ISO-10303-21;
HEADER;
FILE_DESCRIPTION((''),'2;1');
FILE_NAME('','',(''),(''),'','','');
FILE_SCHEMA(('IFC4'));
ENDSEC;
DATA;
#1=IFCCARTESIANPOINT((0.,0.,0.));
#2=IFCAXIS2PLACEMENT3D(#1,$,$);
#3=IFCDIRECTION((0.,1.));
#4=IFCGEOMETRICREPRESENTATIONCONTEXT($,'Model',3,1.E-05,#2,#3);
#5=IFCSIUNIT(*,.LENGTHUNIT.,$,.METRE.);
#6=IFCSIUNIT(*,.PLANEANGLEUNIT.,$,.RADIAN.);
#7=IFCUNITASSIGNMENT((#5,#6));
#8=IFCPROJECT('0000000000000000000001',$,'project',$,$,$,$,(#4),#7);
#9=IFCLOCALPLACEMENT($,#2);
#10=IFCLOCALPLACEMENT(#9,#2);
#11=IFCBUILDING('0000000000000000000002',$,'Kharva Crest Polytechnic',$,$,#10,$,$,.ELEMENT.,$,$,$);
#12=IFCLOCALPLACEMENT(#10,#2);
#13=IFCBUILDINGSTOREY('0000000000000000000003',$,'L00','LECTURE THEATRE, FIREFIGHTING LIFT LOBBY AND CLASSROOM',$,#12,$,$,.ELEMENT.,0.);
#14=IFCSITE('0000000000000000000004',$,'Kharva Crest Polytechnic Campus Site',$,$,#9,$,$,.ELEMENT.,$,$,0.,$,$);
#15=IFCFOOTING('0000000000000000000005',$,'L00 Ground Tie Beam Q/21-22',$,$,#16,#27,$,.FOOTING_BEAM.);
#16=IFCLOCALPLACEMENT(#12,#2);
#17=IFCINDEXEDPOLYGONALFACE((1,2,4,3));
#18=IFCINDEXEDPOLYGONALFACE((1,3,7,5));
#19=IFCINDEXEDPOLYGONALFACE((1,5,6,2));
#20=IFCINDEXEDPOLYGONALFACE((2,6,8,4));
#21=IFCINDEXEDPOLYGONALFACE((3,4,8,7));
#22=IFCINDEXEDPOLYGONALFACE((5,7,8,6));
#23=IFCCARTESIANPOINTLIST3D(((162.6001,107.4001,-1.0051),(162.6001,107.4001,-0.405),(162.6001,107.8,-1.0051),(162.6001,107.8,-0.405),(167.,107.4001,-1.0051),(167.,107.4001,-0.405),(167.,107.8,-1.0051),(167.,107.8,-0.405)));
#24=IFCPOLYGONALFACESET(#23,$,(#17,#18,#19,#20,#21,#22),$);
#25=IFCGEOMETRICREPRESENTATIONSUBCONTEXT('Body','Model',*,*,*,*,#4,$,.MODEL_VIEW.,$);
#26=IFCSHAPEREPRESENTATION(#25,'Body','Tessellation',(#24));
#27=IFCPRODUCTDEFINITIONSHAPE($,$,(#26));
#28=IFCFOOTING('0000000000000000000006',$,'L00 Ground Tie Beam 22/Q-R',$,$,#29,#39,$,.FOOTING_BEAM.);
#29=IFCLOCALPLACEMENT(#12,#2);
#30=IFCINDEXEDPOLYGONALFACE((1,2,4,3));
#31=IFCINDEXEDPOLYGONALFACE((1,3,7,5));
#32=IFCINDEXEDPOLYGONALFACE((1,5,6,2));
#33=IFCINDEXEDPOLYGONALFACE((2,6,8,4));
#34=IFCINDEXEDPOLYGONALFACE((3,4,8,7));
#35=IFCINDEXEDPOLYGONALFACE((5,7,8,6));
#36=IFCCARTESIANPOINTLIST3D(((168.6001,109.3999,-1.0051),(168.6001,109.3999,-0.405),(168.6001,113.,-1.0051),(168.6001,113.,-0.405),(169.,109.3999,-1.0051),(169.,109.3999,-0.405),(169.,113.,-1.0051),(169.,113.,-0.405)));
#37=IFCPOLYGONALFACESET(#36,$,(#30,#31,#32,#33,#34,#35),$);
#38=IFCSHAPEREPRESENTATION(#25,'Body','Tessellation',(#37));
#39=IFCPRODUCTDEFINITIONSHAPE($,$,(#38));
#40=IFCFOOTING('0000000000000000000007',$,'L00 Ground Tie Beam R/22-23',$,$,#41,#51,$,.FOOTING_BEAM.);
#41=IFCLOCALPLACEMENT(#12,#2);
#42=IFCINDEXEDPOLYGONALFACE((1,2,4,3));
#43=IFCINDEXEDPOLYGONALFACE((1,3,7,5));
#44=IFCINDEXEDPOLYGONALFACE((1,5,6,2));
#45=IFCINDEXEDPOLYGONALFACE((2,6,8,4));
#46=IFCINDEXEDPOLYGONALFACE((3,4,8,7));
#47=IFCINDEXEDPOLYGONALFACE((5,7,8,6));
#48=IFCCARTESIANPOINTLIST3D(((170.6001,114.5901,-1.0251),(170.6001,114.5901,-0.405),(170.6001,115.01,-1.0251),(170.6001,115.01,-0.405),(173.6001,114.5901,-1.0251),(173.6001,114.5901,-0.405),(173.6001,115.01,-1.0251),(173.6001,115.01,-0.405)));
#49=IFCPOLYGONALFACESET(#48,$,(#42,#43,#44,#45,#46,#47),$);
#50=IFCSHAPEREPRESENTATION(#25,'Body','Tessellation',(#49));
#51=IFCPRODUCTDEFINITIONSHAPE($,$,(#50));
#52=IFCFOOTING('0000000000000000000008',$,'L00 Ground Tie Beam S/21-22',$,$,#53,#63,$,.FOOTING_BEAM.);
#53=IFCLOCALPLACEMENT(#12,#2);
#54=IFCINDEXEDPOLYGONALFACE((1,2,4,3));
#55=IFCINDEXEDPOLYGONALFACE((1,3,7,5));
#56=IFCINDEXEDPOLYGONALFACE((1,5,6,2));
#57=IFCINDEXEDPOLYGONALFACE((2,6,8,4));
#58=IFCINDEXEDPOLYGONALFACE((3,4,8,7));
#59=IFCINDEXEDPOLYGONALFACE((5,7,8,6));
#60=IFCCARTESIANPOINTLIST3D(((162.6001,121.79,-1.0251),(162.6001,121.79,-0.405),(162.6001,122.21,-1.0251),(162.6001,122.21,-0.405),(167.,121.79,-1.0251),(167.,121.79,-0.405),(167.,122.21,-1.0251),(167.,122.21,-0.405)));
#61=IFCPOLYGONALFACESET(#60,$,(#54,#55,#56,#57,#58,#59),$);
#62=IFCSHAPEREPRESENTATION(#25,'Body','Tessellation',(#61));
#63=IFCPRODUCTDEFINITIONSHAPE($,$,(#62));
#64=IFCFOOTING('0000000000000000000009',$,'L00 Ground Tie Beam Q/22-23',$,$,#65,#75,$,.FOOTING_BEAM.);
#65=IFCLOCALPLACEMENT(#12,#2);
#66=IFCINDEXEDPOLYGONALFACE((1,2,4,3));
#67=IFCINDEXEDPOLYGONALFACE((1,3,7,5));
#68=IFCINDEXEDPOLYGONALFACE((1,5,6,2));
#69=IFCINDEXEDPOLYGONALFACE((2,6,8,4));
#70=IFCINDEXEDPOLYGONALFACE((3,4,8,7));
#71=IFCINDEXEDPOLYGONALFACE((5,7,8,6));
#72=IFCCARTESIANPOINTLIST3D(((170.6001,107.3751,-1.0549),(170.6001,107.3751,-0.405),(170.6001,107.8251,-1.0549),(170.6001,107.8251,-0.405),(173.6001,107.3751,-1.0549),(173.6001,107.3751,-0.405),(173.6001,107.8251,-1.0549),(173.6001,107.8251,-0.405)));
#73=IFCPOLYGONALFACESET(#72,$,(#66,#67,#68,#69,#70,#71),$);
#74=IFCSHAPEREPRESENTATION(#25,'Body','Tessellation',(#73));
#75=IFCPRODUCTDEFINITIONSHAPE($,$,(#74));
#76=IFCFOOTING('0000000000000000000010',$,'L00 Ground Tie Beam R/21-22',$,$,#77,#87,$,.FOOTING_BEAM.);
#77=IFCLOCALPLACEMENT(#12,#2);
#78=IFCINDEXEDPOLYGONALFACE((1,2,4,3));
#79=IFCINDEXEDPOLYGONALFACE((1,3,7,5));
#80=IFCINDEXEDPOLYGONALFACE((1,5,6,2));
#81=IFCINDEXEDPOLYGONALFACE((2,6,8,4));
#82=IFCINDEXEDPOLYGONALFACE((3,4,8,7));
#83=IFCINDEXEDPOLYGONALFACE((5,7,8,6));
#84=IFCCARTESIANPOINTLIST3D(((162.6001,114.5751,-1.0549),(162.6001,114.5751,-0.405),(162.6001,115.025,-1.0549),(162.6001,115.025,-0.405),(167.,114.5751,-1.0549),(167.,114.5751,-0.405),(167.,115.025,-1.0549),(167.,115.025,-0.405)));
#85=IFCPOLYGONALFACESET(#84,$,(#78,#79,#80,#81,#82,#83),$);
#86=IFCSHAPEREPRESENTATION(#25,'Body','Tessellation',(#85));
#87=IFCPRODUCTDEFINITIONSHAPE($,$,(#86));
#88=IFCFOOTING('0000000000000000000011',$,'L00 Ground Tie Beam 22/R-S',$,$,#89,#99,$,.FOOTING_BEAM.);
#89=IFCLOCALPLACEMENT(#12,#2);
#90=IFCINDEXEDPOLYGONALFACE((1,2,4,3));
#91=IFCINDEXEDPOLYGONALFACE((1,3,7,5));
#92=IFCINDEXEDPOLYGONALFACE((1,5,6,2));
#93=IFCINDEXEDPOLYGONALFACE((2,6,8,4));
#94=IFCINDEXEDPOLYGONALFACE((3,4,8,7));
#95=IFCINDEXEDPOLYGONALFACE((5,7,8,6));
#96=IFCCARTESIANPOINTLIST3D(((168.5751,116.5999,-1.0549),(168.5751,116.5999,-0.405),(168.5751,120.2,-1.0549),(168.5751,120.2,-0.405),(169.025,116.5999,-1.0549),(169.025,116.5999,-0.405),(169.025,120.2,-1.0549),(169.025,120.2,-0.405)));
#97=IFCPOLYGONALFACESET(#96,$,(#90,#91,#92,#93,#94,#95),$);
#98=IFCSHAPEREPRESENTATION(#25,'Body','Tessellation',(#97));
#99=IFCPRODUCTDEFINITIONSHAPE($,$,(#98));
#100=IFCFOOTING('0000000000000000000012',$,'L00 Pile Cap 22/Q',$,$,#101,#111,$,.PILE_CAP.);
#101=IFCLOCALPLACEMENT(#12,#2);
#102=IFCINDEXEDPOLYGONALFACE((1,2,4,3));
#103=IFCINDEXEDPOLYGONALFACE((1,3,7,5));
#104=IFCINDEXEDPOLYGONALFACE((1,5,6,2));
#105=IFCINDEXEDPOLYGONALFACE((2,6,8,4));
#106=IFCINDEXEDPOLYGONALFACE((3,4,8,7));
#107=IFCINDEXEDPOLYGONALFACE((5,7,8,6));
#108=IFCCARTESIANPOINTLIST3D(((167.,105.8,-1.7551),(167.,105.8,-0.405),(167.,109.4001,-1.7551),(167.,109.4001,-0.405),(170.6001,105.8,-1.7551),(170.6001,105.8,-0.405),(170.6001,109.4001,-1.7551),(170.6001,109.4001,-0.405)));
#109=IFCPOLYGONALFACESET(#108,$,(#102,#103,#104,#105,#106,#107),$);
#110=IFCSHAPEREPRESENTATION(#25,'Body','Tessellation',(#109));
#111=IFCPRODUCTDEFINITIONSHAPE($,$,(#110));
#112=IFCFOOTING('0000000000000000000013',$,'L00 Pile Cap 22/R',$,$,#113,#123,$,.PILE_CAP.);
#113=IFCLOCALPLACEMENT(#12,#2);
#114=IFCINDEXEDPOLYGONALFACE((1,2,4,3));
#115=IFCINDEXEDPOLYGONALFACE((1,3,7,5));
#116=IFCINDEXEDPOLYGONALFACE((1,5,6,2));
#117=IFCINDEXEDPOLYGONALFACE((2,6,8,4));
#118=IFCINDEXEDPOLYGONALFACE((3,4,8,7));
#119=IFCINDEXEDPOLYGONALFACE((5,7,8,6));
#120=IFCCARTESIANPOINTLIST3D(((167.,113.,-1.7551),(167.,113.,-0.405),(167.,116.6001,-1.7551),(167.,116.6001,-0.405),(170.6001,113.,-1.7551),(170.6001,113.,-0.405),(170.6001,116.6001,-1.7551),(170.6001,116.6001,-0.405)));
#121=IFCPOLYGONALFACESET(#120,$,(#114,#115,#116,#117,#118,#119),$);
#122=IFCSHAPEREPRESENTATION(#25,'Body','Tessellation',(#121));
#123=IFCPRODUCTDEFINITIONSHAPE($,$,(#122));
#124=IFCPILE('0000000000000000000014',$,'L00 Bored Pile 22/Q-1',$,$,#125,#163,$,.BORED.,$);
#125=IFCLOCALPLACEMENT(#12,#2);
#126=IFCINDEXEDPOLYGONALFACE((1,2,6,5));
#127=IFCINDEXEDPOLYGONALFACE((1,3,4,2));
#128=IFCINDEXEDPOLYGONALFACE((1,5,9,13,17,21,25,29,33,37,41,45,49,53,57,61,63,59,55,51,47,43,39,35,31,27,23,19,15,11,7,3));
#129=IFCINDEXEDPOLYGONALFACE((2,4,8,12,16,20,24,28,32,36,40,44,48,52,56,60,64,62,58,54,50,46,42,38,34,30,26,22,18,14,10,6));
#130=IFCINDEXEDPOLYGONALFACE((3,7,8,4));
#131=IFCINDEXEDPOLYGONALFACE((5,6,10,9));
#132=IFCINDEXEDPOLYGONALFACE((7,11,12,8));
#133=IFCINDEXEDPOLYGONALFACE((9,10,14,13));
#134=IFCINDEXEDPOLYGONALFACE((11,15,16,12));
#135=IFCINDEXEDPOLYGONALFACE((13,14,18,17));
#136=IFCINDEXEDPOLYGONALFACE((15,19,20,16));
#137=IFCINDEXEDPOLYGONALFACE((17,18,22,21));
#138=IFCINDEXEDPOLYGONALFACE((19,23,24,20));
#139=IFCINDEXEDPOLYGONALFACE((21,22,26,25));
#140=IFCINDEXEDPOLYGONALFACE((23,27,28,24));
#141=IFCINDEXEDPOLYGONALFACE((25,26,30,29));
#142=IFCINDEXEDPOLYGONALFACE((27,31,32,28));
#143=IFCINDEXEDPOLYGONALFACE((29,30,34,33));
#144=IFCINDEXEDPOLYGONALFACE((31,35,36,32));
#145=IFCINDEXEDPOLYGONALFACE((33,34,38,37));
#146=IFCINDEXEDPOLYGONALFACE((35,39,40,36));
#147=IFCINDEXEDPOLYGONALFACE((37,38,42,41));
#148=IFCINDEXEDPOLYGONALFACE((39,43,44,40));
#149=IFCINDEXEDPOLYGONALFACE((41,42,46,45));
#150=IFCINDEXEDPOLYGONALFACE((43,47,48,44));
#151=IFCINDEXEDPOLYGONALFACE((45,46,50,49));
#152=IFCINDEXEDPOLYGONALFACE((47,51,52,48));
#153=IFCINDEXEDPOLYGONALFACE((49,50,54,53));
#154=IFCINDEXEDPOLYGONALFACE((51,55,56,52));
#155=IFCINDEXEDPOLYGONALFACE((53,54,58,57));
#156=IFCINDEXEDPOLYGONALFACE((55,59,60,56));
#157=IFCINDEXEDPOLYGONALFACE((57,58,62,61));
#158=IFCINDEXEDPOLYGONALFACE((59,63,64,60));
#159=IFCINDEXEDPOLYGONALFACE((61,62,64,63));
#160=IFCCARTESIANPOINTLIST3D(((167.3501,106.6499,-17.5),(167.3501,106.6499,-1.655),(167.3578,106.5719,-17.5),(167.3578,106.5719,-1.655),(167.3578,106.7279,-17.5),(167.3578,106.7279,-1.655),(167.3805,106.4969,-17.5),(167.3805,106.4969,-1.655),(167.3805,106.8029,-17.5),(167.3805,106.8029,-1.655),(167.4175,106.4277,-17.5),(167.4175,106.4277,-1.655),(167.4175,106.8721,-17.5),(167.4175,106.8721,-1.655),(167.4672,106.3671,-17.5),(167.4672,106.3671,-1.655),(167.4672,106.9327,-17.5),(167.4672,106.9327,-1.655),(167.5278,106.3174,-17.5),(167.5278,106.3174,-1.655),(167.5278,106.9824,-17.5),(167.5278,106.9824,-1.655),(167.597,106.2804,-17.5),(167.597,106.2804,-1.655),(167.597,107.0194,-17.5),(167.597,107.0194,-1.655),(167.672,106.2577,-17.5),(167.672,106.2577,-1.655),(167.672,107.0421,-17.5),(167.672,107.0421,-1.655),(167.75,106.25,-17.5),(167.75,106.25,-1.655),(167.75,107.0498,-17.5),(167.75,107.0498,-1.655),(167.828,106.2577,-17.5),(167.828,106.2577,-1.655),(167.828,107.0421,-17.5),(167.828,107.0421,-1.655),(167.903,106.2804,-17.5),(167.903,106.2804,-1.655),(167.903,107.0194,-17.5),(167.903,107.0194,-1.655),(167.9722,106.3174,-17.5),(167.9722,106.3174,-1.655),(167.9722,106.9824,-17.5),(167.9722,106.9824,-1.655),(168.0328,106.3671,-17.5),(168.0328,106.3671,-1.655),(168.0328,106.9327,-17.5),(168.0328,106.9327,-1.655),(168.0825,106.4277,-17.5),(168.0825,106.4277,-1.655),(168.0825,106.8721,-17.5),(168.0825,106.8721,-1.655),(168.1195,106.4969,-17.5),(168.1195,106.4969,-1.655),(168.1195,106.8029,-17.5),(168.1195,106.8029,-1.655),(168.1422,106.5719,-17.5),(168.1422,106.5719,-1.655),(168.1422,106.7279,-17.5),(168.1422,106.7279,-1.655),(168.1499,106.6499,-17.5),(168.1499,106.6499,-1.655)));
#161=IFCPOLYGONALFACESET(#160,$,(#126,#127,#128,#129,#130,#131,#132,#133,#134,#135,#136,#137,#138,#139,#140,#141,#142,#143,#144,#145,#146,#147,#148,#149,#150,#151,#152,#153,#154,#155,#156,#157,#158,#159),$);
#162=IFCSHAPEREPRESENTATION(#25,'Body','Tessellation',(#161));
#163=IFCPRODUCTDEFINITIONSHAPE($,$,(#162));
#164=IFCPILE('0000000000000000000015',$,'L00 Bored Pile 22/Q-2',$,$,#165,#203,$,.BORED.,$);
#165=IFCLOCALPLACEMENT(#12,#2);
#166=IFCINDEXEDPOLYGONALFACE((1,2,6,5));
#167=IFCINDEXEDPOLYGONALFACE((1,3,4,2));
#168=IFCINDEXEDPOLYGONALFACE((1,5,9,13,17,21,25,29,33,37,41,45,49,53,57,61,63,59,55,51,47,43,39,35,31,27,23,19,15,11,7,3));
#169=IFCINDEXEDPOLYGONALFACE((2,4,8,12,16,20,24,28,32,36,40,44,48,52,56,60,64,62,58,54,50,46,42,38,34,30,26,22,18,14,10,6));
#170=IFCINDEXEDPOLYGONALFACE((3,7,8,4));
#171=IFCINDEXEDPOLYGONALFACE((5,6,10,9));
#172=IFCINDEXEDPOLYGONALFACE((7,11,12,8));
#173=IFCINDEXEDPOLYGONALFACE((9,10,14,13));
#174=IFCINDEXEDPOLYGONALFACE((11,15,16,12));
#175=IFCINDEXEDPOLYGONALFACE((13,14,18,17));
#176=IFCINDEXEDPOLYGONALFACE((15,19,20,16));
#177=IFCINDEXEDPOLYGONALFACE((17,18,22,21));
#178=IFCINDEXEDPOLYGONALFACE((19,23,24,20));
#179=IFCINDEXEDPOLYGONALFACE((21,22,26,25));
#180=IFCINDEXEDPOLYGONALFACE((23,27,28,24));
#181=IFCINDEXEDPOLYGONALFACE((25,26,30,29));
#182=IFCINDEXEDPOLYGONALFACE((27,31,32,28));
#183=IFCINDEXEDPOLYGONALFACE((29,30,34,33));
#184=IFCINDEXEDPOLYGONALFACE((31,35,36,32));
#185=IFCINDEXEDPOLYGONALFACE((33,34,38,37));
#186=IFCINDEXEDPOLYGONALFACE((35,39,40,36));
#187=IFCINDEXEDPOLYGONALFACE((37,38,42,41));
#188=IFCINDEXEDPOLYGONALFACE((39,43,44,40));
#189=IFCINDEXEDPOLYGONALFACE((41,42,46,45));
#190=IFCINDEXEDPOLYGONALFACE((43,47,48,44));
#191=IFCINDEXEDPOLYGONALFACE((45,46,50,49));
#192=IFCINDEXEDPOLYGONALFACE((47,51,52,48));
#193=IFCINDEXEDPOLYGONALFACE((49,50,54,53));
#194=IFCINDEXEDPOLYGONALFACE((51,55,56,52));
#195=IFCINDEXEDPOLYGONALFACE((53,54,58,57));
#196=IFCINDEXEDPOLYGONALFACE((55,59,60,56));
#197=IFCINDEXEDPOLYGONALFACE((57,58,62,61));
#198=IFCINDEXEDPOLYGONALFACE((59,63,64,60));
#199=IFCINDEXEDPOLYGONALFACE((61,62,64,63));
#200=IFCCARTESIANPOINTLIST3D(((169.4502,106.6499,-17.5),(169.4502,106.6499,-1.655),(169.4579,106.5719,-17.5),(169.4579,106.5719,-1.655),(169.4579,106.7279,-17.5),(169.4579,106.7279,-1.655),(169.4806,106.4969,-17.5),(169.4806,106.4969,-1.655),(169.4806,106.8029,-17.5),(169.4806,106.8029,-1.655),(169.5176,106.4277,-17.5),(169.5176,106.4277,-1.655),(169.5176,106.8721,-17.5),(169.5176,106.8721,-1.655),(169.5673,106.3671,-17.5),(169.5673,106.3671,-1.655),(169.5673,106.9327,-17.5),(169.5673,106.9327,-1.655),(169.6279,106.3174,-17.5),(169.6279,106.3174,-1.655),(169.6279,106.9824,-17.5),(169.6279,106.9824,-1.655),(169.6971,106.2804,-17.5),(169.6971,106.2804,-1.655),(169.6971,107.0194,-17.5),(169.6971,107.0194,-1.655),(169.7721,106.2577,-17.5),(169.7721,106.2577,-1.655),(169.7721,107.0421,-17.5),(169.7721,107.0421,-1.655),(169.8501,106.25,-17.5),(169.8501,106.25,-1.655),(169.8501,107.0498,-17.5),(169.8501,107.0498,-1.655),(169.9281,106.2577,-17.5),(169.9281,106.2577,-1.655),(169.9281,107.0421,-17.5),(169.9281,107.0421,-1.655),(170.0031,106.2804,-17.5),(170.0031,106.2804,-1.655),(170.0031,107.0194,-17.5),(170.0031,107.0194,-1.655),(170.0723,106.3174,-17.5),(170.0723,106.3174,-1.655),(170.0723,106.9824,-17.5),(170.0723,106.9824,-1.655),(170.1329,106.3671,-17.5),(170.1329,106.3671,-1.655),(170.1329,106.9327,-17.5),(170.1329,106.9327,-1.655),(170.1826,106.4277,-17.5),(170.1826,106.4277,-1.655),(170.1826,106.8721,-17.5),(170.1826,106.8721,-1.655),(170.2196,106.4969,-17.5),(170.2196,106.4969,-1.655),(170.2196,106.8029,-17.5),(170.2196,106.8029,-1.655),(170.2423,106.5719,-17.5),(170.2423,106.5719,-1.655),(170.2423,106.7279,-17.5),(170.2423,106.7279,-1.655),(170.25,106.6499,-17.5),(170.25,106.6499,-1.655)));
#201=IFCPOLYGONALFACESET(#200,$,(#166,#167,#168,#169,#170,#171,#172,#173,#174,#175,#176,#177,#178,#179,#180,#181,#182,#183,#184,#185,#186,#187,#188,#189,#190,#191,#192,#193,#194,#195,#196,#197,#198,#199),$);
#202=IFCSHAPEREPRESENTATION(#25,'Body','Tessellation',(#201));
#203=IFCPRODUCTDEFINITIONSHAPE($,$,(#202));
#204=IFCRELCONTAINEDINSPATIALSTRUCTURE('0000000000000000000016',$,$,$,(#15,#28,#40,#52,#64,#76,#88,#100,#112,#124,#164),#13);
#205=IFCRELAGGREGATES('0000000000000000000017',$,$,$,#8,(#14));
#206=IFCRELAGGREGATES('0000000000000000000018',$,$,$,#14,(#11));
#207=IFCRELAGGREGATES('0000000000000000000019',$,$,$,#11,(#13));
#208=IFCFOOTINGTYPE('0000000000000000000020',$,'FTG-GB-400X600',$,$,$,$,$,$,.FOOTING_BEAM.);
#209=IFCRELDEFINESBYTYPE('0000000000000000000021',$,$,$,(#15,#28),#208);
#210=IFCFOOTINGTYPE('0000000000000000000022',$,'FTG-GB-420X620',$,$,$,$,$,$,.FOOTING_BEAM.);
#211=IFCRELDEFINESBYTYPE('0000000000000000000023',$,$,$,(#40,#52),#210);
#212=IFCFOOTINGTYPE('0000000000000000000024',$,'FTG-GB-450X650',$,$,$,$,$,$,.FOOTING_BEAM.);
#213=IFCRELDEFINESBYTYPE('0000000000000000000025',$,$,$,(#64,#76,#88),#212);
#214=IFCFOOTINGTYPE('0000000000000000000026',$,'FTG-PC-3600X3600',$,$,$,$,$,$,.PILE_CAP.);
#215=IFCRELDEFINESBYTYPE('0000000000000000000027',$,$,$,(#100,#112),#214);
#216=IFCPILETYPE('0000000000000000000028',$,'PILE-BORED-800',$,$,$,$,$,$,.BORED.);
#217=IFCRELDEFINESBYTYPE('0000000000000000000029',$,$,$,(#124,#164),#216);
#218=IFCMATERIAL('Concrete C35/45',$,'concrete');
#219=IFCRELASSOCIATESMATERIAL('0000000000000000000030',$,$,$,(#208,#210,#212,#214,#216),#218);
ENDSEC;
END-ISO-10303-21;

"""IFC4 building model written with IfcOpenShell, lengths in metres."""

from ifc_helpers import new_model, si_unit, direction, frame, origin, origin_2d, place, context, subcontext, project, spatial, rectangle, circle, extrude, material, material_profile, profile_set, type_object, element, save


model = new_model("IFC4")

# Units and contexts
model_context = context("Model", 3, precision=1e-05, world=origin(), true_north=direction((0.0, 1.0)))
body_context = subcontext(model_context, "Body", "Model", "MODEL_VIEW")
ifc_project = project(units=[si_unit("LENGTHUNIT", "METRE"), si_unit("PLANEANGLEUNIT", "RADIAN")], contexts=[model_context])

# Site, building, storey
site_placement = place(None, origin())
site = spatial("IfcSite", under=ifc_project, at=site_placement, Name="Kharva Crest Polytechnic Campus Site", CompositionType="ELEMENT", RefElevation=0.0)
building_placement = place(site_placement, origin())
building = spatial("IfcBuilding", under=site, at=building_placement, Name="Kharva Crest Polytechnic", CompositionType="ELEMENT")
storey_placement = place(building_placement, origin())
storey = spatial("IfcBuildingStorey", under=building, at=storey_placement, Name="L00", Description="LECTURE THEATRE, FIREFIGHTING LIFT LOBBY AND CLASSROOM", CompositionType="ELEMENT", Elevation=0.0)

# Footings
ifc_material_1 = material(Name="Concrete C35/45", Category="concrete")
footing_type_1 = type_object("IfcFootingType", Name="FTG-GB-400X600", PredefinedType="FOOTING_BEAM", material=ifc_material_1)
footing_1_placement = place(storey_placement, frame((164.8, 107.6001, -1.0051), z_axis=(0.0, 0.0, 1.0), x_axis=(1.0, 0.0, 0.0)))
element("IfcFooting", 1, at=footing_1_placement, inside=storey, type_object=footing_type_1, Name="L00 Ground Tie Beam Q/21-22", PredefinedType="FOOTING_BEAM", context=body_context, shape_type="SweptSolid", body=[
    extrude(rectangle(XDim=4.3999, YDim=0.3999, at=origin_2d()), origin(), (0.0, 0.0, 1.0), 0.6001),
])
footing_2_placement = place(storey_placement, frame((168.8, 111.2, -1.0051), z_axis=(0.0, 0.0, 1.0), x_axis=(0.0, 1.0, 0.0)))
element("IfcFooting", 2, at=footing_2_placement, inside=storey, type_object=footing_type_1, Name="L00 Ground Tie Beam 22/Q-R", PredefinedType="FOOTING_BEAM", context=body_context, shape_type="SweptSolid", body=[
    extrude(rectangle(XDim=3.6001, YDim=0.3999, at=origin_2d()), origin(), (0.0, 0.0, 1.0), 0.6001),
])
footing_type_2 = type_object("IfcFootingType", Name="FTG-GB-420X620", PredefinedType="FOOTING_BEAM", material=ifc_material_1)
footing_3_placement = place(storey_placement, frame((172.1001, 114.8, -1.0251), z_axis=(0.0, 0.0, 1.0), x_axis=(1.0, 0.0, 0.0)))
element("IfcFooting", 3, at=footing_3_placement, inside=storey, type_object=footing_type_2, Name="L00 Ground Tie Beam R/22-23", PredefinedType="FOOTING_BEAM", context=body_context, shape_type="SweptSolid", body=[
    extrude(rectangle(XDim=3.0, YDim=0.4199, at=origin_2d()), origin(), (0.0, 0.0, 1.0), 0.6201),
])
footing_4_placement = place(storey_placement, frame((164.8, 122.0, -1.0251), z_axis=(0.0, 0.0, 1.0), x_axis=(1.0, 0.0, 0.0)))
element("IfcFooting", 4, at=footing_4_placement, inside=storey, type_object=footing_type_2, Name="L00 Ground Tie Beam S/21-22", PredefinedType="FOOTING_BEAM", context=body_context, shape_type="SweptSolid", body=[
    extrude(rectangle(XDim=4.3999, YDim=0.4199, at=origin_2d()), origin(), (0.0, 0.0, 1.0), 0.6201),
])
footing_type_3 = type_object("IfcFootingType", Name="FTG-GB-450X650", PredefinedType="FOOTING_BEAM", material=ifc_material_1)
footing_5_placement = place(storey_placement, frame((172.1001, 107.6001, -1.0549), z_axis=(0.0, 0.0, 1.0), x_axis=(1.0, 0.0, 0.0)))
element("IfcFooting", 5, at=footing_5_placement, inside=storey, type_object=footing_type_3, Name="L00 Ground Tie Beam Q/22-23", PredefinedType="FOOTING_BEAM", context=body_context, shape_type="SweptSolid", body=[
    extrude(rectangle(XDim=3.0, YDim=0.45, at=origin_2d()), origin(), (0.0, 0.0, 1.0), 0.6499),
])
footing_6_placement = place(storey_placement, frame((164.8, 114.8, -1.0549), z_axis=(0.0, 0.0, 1.0), x_axis=(1.0, 0.0, 0.0)))
element("IfcFooting", 6, at=footing_6_placement, inside=storey, type_object=footing_type_3, Name="L00 Ground Tie Beam R/21-22", PredefinedType="FOOTING_BEAM", context=body_context, shape_type="SweptSolid", body=[
    extrude(rectangle(XDim=4.3999, YDim=0.45, at=origin_2d()), origin(), (0.0, 0.0, 1.0), 0.6499),
])
footing_7_placement = place(storey_placement, frame((168.8, 118.3999, -1.0549), z_axis=(0.0, 0.0, 1.0), x_axis=(0.0, 1.0, 0.0)))
element("IfcFooting", 7, at=footing_7_placement, inside=storey, type_object=footing_type_3, Name="L00 Ground Tie Beam 22/R-S", PredefinedType="FOOTING_BEAM", context=body_context, shape_type="SweptSolid", body=[
    extrude(rectangle(XDim=3.6001, YDim=0.45, at=origin_2d()), origin(), (0.0, 0.0, 1.0), 0.6499),
])
footing_type_4 = type_object("IfcFootingType", Name="FTG-PC-3600X3600", PredefinedType="PILE_CAP", material=ifc_material_1)
for number, where, z_axis, x_axis, name in (
    (8, (168.8, 107.6001, -1.7551), (0.0, 0.0, 1.0), (1.0, 0.0, 0.0), "L00 Pile Cap 22/Q"),
    (9, (168.8, 114.8, -1.7551), (0.0, 0.0, 1.0), (1.0, 0.0, 0.0), "L00 Pile Cap 22/R"),
):
    element("IfcFooting", number, at=place(storey_placement, frame(where, z_axis=z_axis, x_axis=x_axis)), inside=storey, type_object=footing_type_4, Name=name, PredefinedType="PILE_CAP", context=body_context, shape_type="SweptSolid", body=[
        extrude(rectangle(XDim=3.6001, YDim=3.6001, at=origin_2d()), origin(), (0.0, 0.0, 1.0), 1.3501),
    ])

# Piles
ifc_material_profile_1 = material_profile(ifc_material_1, circle(Radius=0.3999, at=origin_2d()), Name="DIA 800")
ifc_profile_set_1 = profile_set([ifc_material_profile_1], Name="Concrete C35/45")
pile_type = type_object("IfcPileType", Name="PILE-BORED-800", PredefinedType="BORED", material=ifc_profile_set_1)
for number, where, z_axis, x_axis, name in (
    (10, (167.75, 106.6499, -1.655), (0.0, 0.0, -1.0), (1.0, 0.0, 0.0), "L00 Bored Pile 22/Q-1"),
    (11, (169.8501, 106.6499, -1.655), (0.0, 0.0, -1.0), (1.0, 0.0, 0.0), "L00 Bored Pile 22/Q-2"),
):
    element("IfcPile", number, at=place(storey_placement, frame(where, z_axis=z_axis, x_axis=x_axis)), inside=storey, type_object=pile_type, Name=name, PredefinedType="BORED", context=body_context, shape_type="SweptSolid", body=[
        extrude(circle(Radius=0.3999, at=origin_2d()), origin(), (0.0, 0.0, 1.0), 15.845),
    ])

save(model, "model.ifc")
